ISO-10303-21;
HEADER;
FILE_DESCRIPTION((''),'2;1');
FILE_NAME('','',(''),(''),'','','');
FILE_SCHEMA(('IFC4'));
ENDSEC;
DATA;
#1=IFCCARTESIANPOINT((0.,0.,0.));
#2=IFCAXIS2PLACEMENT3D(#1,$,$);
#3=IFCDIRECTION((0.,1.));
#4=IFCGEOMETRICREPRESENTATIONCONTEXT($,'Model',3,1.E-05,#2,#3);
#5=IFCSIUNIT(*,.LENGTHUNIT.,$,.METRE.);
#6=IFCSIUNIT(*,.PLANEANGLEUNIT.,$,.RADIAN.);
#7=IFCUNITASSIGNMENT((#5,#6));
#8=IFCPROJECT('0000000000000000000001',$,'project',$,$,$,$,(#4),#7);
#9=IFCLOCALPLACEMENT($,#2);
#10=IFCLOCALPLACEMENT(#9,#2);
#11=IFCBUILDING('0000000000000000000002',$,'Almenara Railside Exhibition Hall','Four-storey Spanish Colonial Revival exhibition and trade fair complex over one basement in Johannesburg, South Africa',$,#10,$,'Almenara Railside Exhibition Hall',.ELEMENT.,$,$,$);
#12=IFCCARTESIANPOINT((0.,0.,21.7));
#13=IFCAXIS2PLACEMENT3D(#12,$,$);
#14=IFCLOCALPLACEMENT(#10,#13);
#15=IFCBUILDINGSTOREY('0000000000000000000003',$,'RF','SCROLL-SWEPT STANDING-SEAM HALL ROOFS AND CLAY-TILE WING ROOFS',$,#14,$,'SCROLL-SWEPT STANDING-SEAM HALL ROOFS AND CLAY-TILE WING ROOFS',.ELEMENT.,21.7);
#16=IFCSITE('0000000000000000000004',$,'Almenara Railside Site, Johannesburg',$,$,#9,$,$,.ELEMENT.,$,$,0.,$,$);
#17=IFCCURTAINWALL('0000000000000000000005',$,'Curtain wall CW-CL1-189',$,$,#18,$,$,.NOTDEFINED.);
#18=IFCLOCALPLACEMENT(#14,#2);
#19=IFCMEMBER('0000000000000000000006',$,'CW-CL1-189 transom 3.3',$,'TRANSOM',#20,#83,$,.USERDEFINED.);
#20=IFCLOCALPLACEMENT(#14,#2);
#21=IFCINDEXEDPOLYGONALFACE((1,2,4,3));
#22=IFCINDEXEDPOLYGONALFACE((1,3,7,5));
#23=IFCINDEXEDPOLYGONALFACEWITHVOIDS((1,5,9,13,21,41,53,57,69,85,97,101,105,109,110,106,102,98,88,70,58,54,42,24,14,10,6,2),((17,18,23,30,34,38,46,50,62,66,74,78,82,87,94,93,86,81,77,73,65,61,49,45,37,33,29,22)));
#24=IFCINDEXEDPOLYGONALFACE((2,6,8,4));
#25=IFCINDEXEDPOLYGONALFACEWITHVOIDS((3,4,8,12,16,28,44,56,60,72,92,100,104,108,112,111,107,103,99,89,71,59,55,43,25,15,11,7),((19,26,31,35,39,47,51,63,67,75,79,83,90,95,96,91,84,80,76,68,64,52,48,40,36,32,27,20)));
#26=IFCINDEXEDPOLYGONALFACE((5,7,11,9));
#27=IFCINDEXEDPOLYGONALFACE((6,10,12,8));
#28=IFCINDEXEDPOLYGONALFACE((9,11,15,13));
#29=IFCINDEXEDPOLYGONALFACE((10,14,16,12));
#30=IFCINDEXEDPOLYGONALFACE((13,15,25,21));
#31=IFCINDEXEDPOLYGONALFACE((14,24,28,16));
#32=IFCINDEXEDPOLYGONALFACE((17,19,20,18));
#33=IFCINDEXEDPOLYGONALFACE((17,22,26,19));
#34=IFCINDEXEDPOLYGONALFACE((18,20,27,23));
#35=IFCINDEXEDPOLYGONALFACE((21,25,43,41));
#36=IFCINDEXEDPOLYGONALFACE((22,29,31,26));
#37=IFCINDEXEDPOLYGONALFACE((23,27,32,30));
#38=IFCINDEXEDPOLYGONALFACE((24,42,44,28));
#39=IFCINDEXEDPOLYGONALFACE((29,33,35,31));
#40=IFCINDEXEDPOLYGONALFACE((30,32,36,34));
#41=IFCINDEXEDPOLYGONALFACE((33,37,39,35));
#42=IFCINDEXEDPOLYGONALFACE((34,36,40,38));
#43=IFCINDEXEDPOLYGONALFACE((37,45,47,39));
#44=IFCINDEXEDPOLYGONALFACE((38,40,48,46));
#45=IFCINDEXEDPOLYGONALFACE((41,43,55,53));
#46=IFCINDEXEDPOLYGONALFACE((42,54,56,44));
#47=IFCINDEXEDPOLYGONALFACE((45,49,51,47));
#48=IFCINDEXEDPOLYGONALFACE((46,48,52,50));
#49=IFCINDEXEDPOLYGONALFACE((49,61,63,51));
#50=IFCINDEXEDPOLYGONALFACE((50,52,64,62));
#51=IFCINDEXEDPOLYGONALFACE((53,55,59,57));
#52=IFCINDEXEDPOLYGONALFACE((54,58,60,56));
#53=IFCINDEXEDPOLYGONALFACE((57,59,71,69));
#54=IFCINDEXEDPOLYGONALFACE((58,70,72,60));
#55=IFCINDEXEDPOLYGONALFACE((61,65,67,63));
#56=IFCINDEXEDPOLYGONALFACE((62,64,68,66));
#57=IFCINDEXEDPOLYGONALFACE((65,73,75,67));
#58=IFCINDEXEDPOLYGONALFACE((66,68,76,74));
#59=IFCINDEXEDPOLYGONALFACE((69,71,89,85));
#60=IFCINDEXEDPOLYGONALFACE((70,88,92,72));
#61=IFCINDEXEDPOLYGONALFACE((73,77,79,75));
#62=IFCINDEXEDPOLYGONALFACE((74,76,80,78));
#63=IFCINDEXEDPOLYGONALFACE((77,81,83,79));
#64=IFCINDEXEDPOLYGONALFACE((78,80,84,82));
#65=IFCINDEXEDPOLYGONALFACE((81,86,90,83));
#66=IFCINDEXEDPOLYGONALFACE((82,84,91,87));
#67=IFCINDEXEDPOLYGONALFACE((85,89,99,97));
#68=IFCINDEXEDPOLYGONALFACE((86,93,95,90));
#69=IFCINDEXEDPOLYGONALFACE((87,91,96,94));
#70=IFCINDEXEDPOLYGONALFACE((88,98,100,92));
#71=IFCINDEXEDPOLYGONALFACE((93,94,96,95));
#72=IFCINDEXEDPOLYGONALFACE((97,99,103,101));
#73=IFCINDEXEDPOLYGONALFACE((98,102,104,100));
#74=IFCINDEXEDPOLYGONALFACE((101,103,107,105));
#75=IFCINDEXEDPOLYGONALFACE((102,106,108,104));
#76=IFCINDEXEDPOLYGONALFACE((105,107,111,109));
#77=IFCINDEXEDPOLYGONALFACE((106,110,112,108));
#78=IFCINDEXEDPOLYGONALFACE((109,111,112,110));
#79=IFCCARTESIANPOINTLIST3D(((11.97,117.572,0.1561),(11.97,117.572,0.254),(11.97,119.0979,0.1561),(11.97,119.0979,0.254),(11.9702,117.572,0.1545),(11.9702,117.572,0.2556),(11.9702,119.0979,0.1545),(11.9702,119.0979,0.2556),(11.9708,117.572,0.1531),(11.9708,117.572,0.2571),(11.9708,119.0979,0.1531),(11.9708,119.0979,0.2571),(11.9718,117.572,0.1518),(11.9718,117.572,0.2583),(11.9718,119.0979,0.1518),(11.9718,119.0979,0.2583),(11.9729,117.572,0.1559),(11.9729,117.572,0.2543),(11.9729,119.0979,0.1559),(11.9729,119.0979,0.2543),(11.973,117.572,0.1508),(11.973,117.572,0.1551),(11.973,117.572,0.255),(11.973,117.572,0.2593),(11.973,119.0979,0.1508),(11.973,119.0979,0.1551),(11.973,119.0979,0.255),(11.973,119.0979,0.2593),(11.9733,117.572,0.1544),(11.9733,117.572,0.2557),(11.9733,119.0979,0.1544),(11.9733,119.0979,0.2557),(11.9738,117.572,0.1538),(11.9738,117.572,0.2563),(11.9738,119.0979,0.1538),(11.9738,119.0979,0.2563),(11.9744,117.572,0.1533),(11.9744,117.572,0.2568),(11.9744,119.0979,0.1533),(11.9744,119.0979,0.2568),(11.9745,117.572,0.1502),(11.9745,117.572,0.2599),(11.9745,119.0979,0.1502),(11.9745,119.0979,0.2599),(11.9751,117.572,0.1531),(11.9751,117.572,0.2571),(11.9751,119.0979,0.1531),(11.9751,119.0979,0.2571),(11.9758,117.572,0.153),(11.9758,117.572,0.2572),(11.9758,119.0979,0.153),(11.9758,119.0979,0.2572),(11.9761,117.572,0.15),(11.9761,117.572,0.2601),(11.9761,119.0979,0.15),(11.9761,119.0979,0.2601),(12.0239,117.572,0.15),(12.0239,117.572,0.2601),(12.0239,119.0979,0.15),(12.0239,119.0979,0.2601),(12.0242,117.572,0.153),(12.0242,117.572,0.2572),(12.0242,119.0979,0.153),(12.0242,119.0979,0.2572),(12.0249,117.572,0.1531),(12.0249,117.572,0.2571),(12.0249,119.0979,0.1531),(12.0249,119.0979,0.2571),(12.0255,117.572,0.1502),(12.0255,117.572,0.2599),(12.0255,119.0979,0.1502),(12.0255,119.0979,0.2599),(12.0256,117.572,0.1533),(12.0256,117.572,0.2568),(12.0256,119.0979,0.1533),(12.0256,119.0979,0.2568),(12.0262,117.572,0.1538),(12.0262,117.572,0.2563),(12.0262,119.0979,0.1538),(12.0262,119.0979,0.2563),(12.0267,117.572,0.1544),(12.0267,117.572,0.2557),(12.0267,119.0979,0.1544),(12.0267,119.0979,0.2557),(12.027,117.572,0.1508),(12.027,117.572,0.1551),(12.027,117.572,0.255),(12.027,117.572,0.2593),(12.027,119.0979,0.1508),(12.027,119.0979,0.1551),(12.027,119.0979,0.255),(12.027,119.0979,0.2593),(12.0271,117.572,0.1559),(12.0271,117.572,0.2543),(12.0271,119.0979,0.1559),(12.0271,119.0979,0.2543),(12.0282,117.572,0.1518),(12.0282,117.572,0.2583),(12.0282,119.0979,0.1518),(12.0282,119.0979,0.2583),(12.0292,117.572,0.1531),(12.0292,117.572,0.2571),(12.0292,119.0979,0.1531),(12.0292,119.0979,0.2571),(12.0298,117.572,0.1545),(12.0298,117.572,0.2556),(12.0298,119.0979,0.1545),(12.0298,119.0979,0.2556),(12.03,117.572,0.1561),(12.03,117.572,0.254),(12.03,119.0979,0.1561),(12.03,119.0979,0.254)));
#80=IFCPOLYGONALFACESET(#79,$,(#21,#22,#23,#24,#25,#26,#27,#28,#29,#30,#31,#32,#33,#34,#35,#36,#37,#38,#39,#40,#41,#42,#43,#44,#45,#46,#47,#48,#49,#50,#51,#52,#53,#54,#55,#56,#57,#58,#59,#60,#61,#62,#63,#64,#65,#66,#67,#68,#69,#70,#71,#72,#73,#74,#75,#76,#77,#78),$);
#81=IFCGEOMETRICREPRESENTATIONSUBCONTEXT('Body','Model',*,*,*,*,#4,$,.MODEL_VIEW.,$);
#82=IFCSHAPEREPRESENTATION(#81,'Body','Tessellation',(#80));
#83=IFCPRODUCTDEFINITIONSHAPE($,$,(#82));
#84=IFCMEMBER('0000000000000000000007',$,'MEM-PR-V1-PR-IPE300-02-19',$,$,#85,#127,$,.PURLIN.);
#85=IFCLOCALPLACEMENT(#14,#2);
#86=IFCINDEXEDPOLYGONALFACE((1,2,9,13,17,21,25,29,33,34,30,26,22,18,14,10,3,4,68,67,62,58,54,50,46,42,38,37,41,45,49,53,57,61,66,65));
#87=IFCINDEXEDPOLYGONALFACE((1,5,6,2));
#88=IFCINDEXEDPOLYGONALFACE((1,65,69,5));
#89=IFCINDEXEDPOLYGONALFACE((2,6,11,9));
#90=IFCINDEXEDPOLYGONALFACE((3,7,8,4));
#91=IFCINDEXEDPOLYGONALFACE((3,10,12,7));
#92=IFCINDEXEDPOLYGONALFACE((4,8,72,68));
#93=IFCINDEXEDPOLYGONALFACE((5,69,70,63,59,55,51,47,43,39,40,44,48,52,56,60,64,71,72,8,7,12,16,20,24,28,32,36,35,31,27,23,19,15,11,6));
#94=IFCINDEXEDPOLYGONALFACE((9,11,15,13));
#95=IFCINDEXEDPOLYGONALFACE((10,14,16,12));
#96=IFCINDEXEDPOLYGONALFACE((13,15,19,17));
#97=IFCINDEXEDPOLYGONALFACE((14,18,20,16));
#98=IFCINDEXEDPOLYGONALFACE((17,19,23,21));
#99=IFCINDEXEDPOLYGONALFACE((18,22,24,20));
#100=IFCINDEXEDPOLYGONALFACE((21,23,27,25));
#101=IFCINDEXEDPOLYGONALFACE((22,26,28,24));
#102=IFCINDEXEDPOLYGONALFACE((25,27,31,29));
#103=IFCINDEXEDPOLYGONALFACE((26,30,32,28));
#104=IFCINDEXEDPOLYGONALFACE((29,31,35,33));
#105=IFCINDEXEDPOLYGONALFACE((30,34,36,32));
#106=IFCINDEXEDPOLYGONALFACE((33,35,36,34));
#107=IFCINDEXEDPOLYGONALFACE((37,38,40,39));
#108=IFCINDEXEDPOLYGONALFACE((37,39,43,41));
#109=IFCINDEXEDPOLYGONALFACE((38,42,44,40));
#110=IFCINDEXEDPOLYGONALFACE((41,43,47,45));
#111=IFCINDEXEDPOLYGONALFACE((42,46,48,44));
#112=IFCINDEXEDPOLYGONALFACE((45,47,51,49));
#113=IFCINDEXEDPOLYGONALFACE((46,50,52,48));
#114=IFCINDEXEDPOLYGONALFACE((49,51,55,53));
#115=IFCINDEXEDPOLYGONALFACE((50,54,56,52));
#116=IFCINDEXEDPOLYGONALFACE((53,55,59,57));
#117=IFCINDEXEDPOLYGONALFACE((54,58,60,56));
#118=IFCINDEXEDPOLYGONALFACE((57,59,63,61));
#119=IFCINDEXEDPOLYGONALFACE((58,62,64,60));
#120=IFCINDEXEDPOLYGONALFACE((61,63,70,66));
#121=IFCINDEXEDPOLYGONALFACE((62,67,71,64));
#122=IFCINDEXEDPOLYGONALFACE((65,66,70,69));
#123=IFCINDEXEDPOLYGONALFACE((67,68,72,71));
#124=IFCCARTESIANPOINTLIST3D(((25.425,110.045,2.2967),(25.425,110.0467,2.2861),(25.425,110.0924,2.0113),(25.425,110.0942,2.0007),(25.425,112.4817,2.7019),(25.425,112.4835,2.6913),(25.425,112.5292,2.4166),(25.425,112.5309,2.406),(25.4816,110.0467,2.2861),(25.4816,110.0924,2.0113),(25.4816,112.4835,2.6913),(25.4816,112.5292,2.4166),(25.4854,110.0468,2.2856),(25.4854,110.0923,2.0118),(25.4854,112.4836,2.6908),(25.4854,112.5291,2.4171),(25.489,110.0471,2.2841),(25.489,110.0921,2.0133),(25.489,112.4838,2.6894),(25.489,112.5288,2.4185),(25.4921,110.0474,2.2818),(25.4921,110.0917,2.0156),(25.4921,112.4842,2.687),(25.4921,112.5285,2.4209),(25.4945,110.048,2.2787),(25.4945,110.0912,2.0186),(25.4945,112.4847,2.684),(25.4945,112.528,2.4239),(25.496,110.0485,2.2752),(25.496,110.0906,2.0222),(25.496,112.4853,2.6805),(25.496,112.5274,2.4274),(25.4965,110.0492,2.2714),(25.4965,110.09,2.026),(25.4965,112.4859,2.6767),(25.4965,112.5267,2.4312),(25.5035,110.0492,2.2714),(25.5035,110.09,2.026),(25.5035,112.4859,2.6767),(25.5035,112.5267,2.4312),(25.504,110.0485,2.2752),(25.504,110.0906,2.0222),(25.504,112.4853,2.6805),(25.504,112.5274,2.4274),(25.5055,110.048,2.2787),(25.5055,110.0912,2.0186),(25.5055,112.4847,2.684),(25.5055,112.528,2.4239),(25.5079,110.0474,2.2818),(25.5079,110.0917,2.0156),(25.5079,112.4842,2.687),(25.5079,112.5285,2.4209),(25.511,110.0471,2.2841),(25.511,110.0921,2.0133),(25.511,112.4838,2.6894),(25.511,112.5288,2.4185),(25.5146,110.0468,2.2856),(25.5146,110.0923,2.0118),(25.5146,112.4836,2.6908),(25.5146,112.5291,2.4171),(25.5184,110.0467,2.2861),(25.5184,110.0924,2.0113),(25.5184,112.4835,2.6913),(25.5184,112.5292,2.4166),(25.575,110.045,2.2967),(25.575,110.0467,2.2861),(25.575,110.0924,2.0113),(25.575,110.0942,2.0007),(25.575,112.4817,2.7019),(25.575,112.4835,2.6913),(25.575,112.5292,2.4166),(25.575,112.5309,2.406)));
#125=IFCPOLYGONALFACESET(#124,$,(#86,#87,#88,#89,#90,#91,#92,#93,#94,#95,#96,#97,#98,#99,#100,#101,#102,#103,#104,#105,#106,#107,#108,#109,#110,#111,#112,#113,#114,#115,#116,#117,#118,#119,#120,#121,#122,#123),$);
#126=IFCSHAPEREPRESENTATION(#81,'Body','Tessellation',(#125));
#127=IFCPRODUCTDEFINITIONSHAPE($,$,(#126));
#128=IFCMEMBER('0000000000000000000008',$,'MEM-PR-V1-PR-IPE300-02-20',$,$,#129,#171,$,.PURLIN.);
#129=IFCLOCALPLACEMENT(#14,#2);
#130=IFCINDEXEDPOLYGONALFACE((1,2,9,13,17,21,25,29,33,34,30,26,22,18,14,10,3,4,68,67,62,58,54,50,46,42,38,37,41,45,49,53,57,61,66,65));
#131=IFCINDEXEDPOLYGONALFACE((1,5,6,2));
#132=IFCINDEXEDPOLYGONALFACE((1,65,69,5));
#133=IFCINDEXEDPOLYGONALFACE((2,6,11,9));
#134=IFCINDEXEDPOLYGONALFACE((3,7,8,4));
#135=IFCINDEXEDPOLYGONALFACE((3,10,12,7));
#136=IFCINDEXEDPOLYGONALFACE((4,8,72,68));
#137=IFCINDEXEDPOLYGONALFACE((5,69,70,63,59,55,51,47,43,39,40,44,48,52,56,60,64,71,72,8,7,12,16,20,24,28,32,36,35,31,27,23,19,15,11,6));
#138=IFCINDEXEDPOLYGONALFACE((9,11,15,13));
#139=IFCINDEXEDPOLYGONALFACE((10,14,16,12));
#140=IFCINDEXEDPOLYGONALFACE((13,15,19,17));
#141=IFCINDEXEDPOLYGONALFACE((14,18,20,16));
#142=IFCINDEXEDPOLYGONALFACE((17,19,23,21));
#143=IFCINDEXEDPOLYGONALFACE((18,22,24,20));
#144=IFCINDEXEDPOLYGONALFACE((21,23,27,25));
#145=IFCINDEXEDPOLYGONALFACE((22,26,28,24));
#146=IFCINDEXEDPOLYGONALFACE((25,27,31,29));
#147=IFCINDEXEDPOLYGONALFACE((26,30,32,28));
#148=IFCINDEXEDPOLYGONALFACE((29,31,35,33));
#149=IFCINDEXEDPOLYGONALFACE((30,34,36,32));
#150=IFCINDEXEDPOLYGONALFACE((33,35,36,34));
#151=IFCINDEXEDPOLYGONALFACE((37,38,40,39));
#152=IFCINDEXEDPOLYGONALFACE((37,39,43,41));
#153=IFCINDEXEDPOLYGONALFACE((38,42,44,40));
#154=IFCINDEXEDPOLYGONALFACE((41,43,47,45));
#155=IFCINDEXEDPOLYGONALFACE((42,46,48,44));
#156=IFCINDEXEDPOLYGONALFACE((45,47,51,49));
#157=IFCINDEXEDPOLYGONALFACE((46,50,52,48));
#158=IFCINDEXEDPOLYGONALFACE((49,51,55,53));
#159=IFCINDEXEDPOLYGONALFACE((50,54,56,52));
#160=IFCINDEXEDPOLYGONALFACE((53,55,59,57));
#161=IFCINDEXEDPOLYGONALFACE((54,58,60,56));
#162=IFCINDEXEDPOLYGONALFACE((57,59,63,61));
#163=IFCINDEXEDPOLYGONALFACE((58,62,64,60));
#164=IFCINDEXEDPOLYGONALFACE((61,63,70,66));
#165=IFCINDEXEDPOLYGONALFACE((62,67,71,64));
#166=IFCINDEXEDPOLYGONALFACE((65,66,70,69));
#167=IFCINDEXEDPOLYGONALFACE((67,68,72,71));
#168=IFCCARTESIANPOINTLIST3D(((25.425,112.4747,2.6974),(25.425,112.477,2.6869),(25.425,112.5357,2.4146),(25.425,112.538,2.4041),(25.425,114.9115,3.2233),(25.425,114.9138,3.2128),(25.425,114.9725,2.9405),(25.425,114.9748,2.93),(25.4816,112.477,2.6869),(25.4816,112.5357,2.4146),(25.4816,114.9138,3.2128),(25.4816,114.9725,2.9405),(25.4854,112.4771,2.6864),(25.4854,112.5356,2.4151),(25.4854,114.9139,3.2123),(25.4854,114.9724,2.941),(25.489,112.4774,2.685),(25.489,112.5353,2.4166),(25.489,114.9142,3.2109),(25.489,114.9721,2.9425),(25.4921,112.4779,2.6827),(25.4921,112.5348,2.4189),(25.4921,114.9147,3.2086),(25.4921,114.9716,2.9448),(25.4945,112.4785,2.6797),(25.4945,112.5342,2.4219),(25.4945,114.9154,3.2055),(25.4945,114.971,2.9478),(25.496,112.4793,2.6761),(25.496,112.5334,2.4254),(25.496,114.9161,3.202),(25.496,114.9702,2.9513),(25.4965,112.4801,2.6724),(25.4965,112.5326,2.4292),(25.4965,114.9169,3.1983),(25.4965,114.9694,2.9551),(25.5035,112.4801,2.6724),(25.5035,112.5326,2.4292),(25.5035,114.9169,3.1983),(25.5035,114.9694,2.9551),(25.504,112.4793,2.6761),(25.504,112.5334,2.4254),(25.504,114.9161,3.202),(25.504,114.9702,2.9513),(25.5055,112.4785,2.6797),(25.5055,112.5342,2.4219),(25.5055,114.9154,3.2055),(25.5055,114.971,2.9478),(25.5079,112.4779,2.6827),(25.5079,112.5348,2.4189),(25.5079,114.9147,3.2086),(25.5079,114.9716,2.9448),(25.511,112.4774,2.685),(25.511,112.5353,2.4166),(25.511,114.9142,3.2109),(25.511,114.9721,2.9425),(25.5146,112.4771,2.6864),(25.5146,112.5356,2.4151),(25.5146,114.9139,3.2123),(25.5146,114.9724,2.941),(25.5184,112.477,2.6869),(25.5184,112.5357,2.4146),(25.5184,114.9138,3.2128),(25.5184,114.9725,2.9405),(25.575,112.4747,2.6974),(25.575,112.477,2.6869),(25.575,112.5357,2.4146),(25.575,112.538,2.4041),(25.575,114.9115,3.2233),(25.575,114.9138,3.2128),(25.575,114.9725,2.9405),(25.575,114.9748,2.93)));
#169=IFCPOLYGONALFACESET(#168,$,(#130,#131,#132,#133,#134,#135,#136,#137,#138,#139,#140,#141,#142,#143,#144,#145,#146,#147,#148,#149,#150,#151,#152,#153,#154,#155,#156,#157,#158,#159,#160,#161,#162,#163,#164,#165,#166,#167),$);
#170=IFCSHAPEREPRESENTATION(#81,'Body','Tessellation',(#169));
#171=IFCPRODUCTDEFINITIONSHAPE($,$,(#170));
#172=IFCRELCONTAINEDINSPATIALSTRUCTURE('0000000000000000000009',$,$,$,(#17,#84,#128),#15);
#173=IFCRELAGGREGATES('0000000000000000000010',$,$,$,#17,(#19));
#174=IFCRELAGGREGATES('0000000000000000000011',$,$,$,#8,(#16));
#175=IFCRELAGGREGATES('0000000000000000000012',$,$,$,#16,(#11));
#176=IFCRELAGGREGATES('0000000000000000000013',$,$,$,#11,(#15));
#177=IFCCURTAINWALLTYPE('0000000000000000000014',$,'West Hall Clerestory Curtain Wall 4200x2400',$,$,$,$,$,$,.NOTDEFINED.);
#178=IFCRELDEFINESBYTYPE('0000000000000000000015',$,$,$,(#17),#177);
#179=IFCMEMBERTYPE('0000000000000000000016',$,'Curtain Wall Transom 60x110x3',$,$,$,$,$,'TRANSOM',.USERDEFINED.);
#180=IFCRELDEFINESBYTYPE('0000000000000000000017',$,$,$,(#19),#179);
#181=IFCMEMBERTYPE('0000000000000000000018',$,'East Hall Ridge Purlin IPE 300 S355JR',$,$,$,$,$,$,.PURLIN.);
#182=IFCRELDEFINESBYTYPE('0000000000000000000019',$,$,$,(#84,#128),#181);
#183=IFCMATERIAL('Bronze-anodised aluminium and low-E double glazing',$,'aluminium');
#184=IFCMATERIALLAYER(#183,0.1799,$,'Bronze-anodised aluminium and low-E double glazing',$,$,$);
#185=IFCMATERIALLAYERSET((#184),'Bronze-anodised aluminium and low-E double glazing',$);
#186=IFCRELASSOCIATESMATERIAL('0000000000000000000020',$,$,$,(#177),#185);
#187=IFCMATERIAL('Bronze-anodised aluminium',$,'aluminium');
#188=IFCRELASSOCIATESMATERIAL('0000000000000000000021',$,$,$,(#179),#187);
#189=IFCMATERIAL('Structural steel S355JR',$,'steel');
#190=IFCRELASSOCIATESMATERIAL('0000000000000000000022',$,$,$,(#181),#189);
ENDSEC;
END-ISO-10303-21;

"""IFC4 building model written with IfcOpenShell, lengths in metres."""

from ifc_helpers import new_model, si_unit, direction, frame, origin, origin_2d, place, context, subcontext, project, spatial, hollow_rectangle, i_section, extrude, material, layer, layer_set, material_profile, profile_set, type_object, element, aggregate, save


model = new_model("IFC4")

# Units and contexts
model_context = context("Model", 3, precision=1e-05, world=origin(), true_north=direction((0.0, 1.0)))
body_context = subcontext(model_context, "Body", "Model", "MODEL_VIEW")
ifc_project = project(units=[si_unit("LENGTHUNIT", "METRE"), si_unit("PLANEANGLEUNIT", "RADIAN")], contexts=[model_context])

# Site, building, storey
site_placement = place(None, origin())
site = spatial("IfcSite", under=ifc_project, at=site_placement, Name="Almenara Railside Site, Johannesburg", CompositionType="ELEMENT", RefElevation=0.0)
building_placement = place(site_placement, origin())
building = spatial("IfcBuilding", under=site, at=building_placement, Name="Almenara Railside Exhibition Hall", Description="Four-storey Spanish Colonial Revival exhibition and trade fair complex over one basement in Johannesburg, South Africa", LongName="Almenara Railside Exhibition Hall", CompositionType="ELEMENT")
storey_placement = place(building_placement, frame((0.0, 0.0, 21.7)))
storey = spatial("IfcBuildingStorey", under=building, at=storey_placement, Name="RF", Description="SCROLL-SWEPT STANDING-SEAM HALL ROOFS AND CLAY-TILE WING ROOFS", LongName="SCROLL-SWEPT STANDING-SEAM HALL ROOFS AND CLAY-TILE WING ROOFS", CompositionType="ELEMENT", Elevation=21.7)

# Curtain wall, member
ifc_material_1 = material(Name="Bronze-anodised aluminium and low-E double glazing", Category="aluminium")
ifc_layer_1 = layer(ifc_material_1, 0.1799, Name="Bronze-anodised aluminium and low-E double glazing")
ifc_layer_set_1 = layer_set([ifc_layer_1], Name="Bronze-anodised aluminium and low-E double glazing")
curtain_wall_type = type_object("IfcCurtainWallType", Name="West Hall Clerestory Curtain Wall 4200x2400", PredefinedType="NOTDEFINED", material=ifc_layer_set_1)
curtain_wall_placement = place(storey_placement, origin())
curtain_wall = element("IfcCurtainWall", 1, at=curtain_wall_placement, inside=storey, type_object=curtain_wall_type, Name="Curtain wall CW-CL1-189", PredefinedType="NOTDEFINED")
ifc_material_2 = material(Name="Bronze-anodised aluminium", Category="aluminium")
ifc_material_profile_1 = material_profile(ifc_material_2, hollow_rectangle(XDim=0.0601, YDim=0.1101, WallThickness=0.0029, InnerFilletRadius=0.0029, OuterFilletRadius=0.0061, at=origin_2d()), Name="ALU-TRN 60x110x3")
ifc_profile_set_1 = profile_set([ifc_material_profile_1], Name="Bronze-anodised aluminium")
member_type_1 = type_object("IfcMemberType", Name="Curtain Wall Transom 60x110x3", ElementType="TRANSOM", PredefinedType="USERDEFINED", material=ifc_profile_set_1)
member_1_placement = place(storey_placement, frame((12.0, 117.572, 0.2051), z_axis=(0.0, 1.0, 0.0), x_axis=(-1.0, 0.0, 0.0)))
member_1 = element("IfcMember", 2, at=member_1_placement, type_object=member_type_1, Name="CW-CL1-189 transom 3.3", ObjectType="TRANSOM", PredefinedType="USERDEFINED", context=body_context, shape_type="SweptSolid", body=[
    extrude(hollow_rectangle(XDim=0.0601, YDim=0.1101, WallThickness=0.0029, InnerFilletRadius=0.0029, OuterFilletRadius=0.0061, at=origin_2d()), origin(), (0.0, 0.0, 1.0), 1.5259),
])

# Members
ifc_material_3 = material(Name="Structural steel S355JR", Category="steel")
ifc_material_profile_2 = material_profile(ifc_material_3, i_section(OverallWidth=0.1499, OverallDepth=0.3, WebThickness=0.0071, FlangeThickness=0.0107, FilletRadius=0.0149, at=origin_2d()), Name="IPE 300")
ifc_profile_set_2 = profile_set([ifc_material_profile_2], Name="Structural steel S355JR")
member_type_2 = type_object("IfcMemberType", Name="East Hall Ridge Purlin IPE 300 S355JR", PredefinedType="PURLIN", material=ifc_profile_set_2)
member_2_placement = place(storey_placement, frame((25.5, 110.0696, 2.1487), z_axis=(0.0, 0.98645, 0.164062), x_axis=(-1.0, 0.0, 0.0)))
element("IfcMember", 3, at=member_2_placement, inside=storey, type_object=member_type_2, Name="MEM-PR-V1-PR-IPE300-02-19", PredefinedType="PURLIN", context=body_context, shape_type="SweptSolid", body=[
    extrude(i_section(OverallWidth=0.1499, OverallDepth=0.3, WebThickness=0.0071, FlangeThickness=0.0107, FilletRadius=0.0149, at=origin_2d()), origin(), (0.0, 0.0, 1.0), 2.4702),
])
member_3_placement = place(storey_placement, frame((25.5, 112.5063, 2.5508), z_axis=(0.0, 0.977496, 0.210953), x_axis=(-1.0, 0.0, 0.0)))
element("IfcMember", 4, at=member_3_placement, inside=storey, type_object=member_type_2, Name="MEM-PR-V1-PR-IPE300-02-20", PredefinedType="PURLIN", context=body_context, shape_type="SweptSolid", body=[
    extrude(i_section(OverallWidth=0.1499, OverallDepth=0.3, WebThickness=0.0071, FlangeThickness=0.0107, FilletRadius=0.0149, at=origin_2d()), origin(), (0.0, 0.0, 1.0), 2.4929),
])

aggregate(curtain_wall, [member_1])

save(model, "model.ifc")
